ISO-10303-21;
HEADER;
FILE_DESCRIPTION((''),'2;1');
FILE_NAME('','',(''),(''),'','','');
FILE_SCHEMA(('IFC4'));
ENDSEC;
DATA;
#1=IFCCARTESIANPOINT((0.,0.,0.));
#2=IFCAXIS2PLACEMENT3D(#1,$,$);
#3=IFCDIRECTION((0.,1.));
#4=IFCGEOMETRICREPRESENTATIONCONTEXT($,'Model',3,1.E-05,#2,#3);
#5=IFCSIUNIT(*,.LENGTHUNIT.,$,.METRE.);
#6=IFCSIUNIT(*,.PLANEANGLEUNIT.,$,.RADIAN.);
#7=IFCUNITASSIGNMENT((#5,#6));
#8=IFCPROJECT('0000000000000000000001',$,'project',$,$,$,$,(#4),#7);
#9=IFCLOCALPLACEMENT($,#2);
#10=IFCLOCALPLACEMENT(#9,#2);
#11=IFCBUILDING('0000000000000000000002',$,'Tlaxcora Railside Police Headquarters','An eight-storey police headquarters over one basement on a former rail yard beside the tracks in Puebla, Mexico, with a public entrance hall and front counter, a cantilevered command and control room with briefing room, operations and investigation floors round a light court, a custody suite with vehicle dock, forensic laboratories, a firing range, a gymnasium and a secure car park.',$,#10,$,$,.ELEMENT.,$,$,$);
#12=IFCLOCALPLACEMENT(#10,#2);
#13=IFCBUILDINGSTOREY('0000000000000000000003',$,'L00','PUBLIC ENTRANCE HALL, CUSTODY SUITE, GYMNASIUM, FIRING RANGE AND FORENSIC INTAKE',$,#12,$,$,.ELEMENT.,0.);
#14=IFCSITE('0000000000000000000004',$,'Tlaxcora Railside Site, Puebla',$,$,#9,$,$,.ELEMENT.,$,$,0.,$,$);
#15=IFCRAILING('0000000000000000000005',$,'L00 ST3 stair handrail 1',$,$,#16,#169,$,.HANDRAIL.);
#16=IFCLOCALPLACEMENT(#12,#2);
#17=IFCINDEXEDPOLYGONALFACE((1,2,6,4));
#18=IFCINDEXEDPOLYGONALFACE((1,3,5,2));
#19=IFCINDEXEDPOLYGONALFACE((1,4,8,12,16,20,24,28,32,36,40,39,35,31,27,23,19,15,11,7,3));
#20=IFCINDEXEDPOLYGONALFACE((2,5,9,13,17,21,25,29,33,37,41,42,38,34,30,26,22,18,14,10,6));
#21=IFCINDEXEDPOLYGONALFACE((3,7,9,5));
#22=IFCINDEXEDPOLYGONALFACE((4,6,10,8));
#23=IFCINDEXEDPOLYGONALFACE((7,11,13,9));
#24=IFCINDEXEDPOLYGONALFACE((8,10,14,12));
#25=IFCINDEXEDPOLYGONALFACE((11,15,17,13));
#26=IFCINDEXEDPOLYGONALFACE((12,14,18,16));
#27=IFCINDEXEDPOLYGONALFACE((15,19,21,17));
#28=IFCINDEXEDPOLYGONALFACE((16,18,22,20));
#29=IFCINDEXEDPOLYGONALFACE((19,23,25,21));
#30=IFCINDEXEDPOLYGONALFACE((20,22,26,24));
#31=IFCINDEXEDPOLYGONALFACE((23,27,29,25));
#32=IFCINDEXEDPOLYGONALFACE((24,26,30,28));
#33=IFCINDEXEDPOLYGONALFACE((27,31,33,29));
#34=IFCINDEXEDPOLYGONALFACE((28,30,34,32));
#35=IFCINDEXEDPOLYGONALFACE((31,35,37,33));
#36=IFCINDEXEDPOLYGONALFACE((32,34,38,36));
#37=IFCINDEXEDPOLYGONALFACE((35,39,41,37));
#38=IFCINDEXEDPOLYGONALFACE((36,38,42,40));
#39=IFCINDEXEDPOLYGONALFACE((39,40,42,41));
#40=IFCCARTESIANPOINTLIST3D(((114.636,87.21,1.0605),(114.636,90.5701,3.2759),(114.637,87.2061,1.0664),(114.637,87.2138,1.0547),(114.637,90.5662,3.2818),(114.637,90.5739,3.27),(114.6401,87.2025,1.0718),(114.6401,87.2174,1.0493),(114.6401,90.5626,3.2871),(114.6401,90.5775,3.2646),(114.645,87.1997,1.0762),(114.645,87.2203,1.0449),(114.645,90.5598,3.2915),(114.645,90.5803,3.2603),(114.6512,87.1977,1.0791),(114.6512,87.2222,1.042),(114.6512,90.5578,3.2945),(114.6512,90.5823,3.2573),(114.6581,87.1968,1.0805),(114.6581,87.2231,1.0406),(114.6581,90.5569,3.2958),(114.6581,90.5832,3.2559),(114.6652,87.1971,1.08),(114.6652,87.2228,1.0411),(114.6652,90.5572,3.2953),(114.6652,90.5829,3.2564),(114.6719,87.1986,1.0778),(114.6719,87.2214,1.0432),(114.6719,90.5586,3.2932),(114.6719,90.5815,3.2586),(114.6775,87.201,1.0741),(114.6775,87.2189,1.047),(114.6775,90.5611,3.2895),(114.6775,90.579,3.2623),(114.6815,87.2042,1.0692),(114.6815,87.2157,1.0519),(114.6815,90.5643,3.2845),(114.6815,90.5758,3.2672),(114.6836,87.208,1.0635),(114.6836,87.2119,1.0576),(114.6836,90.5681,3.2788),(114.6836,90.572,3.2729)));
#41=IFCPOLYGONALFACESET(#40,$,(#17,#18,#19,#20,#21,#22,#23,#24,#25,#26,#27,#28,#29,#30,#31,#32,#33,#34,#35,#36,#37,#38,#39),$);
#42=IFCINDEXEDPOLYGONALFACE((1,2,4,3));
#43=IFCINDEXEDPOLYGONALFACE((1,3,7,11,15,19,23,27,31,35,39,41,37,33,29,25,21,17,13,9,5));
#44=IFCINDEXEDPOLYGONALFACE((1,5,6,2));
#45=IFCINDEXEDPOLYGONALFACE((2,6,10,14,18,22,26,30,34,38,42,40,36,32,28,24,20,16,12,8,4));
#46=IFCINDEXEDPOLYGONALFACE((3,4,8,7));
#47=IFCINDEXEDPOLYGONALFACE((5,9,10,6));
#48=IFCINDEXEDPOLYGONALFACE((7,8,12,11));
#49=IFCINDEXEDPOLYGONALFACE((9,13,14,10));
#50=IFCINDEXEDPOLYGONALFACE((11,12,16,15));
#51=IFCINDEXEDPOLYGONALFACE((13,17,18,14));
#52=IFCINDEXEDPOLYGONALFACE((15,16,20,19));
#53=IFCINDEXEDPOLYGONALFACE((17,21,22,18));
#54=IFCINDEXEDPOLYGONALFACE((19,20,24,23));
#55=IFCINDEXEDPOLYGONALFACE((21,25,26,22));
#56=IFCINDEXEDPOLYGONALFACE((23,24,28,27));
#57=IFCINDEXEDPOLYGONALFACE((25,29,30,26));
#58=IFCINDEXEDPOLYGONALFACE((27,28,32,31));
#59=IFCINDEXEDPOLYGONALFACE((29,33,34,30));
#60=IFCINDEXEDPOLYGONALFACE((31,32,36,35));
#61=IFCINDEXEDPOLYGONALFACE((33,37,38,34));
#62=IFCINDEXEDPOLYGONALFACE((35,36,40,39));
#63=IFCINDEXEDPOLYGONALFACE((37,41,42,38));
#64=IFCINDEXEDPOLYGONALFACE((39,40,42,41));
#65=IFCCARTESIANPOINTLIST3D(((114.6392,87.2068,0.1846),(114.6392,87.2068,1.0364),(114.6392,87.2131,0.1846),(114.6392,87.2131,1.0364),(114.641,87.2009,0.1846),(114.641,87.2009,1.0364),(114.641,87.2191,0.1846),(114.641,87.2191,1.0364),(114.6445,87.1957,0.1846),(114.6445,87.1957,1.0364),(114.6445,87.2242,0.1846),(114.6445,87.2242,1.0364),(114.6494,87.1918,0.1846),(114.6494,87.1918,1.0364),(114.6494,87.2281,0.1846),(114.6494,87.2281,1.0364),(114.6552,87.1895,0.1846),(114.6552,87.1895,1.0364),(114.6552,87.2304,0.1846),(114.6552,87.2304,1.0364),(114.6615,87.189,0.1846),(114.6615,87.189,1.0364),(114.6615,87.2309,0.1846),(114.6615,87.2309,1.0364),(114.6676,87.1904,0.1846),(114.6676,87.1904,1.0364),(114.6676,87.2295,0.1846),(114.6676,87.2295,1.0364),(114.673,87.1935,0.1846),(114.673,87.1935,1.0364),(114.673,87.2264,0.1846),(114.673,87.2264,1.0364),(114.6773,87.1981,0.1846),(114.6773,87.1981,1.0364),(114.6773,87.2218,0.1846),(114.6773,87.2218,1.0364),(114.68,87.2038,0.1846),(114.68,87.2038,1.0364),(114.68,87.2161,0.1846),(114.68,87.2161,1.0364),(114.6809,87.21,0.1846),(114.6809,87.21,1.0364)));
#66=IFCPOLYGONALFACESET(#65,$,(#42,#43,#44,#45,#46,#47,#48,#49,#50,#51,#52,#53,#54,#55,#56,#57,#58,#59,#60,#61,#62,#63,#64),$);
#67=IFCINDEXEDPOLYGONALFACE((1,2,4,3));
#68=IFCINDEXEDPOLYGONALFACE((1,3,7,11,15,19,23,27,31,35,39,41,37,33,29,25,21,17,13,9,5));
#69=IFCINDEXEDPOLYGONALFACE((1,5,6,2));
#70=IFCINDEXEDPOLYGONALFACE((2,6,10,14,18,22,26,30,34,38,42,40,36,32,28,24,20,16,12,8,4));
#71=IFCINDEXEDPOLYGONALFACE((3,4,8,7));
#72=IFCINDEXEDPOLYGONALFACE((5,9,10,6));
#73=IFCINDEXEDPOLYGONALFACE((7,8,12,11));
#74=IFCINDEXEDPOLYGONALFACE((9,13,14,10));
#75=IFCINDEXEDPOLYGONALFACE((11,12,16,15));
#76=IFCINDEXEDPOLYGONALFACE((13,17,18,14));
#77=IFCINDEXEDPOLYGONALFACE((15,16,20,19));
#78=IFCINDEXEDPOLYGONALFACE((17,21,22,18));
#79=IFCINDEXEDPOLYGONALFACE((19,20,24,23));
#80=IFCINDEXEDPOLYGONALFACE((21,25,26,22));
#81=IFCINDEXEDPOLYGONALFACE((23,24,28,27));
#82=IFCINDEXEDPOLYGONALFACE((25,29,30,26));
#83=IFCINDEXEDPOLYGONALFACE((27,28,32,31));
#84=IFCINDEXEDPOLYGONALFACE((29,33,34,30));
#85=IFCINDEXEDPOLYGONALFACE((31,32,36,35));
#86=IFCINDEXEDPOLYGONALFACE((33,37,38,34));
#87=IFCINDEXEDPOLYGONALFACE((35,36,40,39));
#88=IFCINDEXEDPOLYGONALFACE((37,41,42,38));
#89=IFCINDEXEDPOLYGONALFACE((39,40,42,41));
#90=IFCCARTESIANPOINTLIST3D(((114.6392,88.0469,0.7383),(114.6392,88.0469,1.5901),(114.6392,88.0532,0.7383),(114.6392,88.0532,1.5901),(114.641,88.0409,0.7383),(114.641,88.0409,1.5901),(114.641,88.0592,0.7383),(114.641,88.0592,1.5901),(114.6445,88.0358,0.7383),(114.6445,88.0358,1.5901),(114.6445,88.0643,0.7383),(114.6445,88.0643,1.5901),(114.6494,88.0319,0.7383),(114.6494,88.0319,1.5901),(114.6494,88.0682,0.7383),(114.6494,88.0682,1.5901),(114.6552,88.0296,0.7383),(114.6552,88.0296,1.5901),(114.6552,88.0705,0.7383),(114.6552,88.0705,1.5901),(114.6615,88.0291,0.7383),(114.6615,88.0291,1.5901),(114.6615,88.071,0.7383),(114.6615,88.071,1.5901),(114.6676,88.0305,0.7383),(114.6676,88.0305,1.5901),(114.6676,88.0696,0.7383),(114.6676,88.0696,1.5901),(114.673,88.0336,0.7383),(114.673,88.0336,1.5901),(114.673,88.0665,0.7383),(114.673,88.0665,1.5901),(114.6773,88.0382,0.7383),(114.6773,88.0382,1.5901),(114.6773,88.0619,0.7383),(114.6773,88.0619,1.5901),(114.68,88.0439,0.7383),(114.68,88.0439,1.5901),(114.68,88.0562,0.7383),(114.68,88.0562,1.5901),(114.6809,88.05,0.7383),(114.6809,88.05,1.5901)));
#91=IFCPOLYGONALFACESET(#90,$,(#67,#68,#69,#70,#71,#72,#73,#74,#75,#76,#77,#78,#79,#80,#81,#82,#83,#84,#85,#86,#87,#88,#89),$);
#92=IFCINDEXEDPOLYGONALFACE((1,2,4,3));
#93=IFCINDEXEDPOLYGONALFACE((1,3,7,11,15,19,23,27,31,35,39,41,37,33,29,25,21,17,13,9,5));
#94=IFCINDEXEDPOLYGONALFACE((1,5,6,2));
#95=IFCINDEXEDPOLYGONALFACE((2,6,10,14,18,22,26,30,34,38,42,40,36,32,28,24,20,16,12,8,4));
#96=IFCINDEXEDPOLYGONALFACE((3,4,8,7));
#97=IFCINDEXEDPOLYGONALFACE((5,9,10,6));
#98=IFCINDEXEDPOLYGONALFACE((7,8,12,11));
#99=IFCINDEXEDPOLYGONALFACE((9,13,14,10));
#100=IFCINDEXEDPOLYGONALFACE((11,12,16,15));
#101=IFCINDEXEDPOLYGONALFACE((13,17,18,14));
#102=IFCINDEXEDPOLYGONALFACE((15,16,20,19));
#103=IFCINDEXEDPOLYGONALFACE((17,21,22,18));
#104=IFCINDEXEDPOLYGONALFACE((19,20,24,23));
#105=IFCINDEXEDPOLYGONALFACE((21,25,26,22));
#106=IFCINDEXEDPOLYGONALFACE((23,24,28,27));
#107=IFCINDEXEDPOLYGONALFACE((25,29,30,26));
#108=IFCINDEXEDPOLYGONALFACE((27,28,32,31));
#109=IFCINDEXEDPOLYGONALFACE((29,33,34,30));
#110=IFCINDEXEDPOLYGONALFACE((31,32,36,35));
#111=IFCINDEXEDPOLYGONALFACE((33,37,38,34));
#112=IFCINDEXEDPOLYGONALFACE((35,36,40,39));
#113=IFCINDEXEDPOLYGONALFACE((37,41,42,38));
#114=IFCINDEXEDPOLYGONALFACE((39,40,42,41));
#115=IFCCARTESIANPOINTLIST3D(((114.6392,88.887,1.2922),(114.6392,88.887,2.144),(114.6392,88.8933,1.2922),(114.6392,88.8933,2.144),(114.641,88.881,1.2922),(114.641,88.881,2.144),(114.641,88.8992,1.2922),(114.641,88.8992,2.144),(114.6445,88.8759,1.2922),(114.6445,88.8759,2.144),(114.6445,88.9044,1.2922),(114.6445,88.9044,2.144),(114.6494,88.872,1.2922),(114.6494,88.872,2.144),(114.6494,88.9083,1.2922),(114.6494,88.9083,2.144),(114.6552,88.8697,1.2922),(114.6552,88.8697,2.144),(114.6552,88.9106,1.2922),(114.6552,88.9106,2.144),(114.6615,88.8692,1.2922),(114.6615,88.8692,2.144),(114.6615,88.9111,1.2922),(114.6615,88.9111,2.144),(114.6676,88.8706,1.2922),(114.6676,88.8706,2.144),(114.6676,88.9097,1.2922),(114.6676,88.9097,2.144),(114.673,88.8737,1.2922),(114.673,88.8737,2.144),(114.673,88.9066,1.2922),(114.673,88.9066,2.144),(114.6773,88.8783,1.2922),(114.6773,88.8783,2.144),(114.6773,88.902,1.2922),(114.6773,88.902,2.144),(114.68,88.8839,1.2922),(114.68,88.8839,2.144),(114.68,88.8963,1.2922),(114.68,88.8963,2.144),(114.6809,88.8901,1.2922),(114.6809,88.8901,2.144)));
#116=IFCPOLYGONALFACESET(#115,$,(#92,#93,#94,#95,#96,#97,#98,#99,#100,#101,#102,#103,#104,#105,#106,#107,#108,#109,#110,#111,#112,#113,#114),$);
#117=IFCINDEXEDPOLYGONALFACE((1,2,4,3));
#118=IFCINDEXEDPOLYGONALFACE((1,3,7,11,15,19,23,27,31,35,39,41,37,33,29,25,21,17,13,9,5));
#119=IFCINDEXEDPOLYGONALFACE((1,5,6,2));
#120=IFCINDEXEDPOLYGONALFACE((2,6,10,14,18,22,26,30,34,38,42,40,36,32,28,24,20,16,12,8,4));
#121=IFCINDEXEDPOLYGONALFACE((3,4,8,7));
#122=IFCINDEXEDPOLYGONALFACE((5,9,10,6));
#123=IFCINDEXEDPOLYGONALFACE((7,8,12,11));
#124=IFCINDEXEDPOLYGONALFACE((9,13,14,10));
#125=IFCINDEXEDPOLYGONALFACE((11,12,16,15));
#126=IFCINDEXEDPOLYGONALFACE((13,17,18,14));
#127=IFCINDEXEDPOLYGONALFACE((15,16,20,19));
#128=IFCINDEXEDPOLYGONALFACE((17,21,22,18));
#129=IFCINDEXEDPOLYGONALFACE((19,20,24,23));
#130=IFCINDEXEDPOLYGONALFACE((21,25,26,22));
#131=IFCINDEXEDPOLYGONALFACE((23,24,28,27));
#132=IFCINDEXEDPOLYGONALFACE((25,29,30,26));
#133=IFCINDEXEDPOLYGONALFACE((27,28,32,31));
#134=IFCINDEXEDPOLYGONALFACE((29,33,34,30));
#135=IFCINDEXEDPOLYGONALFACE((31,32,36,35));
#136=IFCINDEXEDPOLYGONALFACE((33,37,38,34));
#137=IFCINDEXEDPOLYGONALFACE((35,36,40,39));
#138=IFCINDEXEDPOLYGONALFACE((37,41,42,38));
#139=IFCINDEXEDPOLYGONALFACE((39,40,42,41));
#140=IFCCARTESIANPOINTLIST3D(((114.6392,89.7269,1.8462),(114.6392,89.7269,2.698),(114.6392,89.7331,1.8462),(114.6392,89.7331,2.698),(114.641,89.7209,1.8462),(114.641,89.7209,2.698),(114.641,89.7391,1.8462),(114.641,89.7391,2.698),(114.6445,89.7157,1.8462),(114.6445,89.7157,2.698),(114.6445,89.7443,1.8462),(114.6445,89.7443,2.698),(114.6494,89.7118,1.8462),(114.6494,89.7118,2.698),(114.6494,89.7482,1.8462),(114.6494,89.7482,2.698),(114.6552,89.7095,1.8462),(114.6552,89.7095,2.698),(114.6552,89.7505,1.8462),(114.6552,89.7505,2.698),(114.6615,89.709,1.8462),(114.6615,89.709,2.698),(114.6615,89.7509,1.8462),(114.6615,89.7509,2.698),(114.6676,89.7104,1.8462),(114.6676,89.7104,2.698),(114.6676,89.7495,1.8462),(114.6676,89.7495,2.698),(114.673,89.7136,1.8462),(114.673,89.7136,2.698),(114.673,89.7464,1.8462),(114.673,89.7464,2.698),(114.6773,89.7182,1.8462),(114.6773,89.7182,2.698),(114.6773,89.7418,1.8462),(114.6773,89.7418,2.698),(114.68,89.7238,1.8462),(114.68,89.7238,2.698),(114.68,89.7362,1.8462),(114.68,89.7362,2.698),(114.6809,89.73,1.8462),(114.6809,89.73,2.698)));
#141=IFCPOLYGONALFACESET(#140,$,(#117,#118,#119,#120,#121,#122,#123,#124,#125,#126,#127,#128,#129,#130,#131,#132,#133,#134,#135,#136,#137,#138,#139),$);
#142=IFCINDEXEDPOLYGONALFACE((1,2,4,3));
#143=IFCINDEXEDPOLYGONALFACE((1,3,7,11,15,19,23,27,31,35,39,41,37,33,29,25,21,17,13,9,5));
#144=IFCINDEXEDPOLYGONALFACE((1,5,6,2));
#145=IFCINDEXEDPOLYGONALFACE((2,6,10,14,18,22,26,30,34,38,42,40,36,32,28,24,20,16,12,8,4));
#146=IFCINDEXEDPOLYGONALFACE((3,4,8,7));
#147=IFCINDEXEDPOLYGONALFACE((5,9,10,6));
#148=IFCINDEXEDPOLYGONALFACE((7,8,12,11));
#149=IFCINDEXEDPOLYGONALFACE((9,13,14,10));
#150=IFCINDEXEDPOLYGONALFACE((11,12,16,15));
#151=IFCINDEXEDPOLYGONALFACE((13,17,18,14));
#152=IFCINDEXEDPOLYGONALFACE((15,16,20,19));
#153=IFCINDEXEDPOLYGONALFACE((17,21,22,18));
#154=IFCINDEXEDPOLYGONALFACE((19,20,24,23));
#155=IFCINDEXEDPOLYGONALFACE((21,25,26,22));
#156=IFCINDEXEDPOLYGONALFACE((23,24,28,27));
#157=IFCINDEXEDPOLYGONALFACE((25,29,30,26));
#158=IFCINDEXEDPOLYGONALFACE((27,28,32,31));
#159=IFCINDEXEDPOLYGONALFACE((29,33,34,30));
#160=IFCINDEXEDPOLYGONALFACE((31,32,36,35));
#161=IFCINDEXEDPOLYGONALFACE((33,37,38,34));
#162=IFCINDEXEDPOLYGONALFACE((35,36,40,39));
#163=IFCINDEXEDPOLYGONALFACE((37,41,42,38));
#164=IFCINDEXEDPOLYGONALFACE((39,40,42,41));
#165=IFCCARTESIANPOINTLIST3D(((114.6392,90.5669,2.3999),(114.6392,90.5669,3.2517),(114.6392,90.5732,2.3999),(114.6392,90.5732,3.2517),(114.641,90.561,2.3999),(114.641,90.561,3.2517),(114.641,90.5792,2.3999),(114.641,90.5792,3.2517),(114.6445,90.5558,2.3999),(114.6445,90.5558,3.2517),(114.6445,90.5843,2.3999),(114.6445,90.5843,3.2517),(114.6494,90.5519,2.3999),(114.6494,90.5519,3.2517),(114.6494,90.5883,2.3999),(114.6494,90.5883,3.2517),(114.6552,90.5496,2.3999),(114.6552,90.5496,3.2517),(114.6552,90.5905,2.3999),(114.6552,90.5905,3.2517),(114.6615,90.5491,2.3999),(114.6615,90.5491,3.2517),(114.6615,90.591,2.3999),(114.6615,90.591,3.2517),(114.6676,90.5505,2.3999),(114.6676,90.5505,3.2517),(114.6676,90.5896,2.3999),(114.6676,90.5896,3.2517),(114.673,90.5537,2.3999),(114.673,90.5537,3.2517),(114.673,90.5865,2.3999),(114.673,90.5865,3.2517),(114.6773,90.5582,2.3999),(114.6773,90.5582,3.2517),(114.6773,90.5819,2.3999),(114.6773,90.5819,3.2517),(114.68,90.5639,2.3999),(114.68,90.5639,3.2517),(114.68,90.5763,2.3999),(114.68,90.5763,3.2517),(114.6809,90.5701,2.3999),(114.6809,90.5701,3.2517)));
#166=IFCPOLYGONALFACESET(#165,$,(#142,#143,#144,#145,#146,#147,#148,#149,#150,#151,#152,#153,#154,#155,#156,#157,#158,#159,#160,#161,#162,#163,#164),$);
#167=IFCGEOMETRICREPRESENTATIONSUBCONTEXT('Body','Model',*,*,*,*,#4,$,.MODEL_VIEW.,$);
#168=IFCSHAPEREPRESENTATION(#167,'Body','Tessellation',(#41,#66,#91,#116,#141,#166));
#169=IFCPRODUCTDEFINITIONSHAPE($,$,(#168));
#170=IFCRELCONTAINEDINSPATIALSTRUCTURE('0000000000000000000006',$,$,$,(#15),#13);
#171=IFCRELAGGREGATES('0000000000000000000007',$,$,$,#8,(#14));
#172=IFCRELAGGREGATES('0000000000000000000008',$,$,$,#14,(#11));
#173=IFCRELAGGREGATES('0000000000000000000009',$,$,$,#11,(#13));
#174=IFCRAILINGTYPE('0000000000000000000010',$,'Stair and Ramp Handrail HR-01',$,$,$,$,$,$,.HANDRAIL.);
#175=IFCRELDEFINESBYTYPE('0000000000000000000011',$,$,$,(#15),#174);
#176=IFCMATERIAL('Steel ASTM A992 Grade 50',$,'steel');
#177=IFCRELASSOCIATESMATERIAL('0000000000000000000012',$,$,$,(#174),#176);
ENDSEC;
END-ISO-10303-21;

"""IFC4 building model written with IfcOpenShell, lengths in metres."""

from ifc_helpers import new_model, si_unit, direction, frame, origin, origin_2d, place, context, subcontext, project, spatial, circle, extrude, material, type_object, element, save


model = new_model("IFC4")

# Units and contexts
model_context = context("Model", 3, precision=1e-05, world=origin(), true_north=direction((0.0, 1.0)))
body_context = subcontext(model_context, "Body", "Model", "MODEL_VIEW")
ifc_project = project(units=[si_unit("LENGTHUNIT", "METRE"), si_unit("PLANEANGLEUNIT", "RADIAN")], contexts=[model_context])

# Site, building, storey
site_placement = place(None, origin())
site = spatial("IfcSite", under=ifc_project, at=site_placement, Name="Tlaxcora Railside Site, Puebla", CompositionType="ELEMENT", RefElevation=0.0)
building_placement = place(site_placement, origin())
building = spatial("IfcBuilding", under=site, at=building_placement, Name="Tlaxcora Railside Police Headquarters", Description="An eight-storey police headquarters over one basement on a former rail yard beside the tracks in Puebla, Mexico, with a public entrance hall and front counter, a cantilevered command and control room with briefing room, operations and investigation floors round a light court, a custody suite with vehicle dock, forensic laboratories, a firing range, a gymnasium and a secure car park.", CompositionType="ELEMENT")
storey_placement = place(building_placement, origin())
storey = spatial("IfcBuildingStorey", under=building, at=storey_placement, Name="L00", Description="PUBLIC ENTRANCE HALL, CUSTODY SUITE, GYMNASIUM, FIRING RANGE AND FORENSIC INTAKE", CompositionType="ELEMENT", Elevation=0.0)

# Shared definitions
ifc_material_1 = material(Name="Steel ASTM A992 Grade 50", Category="steel")

# Railing
railing_type_1 = type_object("IfcRailingType", Name="Stair and Ramp Handrail HR-01", PredefinedType="HANDRAIL", material=ifc_material_1)
railing_1_placement = place(storey_placement, frame((114.6599, 87.21, 0.1846)))
element("IfcRailing", 1, at=railing_1_placement, inside=storey, type_object=railing_type_1, Name="L00 ST3 stair handrail 1", PredefinedType="HANDRAIL", context=body_context, shape_type="SweptSolid", body=[
    extrude(circle(Radius=0.0239, at=origin_2d()), frame((0.0, 0.0, 0.876), z_axis=(0.0, 0.834876, 0.550437), x_axis=(-1.0, 0.0, 0.0)), (0.0, 0.0, 1.0), 4.0247),
    extrude(circle(Radius=0.021, at=origin_2d()), origin(), (0.0, 0.0, 1.0), 0.8518),
    extrude(circle(Radius=0.021, at=origin_2d()), frame((0.0, 0.8401, 0.5537)), (0.0, 0.0, 1.0), 0.8518),
    extrude(circle(Radius=0.021, at=origin_2d()), frame((0.0, 1.6802, 1.1077)), (0.0, 0.0, 1.0), 0.8518),
    extrude(circle(Radius=0.021, at=origin_2d()), frame((0.0, 2.52, 1.6616)), (0.0, 0.0, 1.0), 0.8518),
    extrude(circle(Radius=0.021, at=origin_2d()), frame((0.0, 3.3601, 2.2153)), (0.0, 0.0, 1.0), 0.8518),
])

save(model, "model.ifc")
